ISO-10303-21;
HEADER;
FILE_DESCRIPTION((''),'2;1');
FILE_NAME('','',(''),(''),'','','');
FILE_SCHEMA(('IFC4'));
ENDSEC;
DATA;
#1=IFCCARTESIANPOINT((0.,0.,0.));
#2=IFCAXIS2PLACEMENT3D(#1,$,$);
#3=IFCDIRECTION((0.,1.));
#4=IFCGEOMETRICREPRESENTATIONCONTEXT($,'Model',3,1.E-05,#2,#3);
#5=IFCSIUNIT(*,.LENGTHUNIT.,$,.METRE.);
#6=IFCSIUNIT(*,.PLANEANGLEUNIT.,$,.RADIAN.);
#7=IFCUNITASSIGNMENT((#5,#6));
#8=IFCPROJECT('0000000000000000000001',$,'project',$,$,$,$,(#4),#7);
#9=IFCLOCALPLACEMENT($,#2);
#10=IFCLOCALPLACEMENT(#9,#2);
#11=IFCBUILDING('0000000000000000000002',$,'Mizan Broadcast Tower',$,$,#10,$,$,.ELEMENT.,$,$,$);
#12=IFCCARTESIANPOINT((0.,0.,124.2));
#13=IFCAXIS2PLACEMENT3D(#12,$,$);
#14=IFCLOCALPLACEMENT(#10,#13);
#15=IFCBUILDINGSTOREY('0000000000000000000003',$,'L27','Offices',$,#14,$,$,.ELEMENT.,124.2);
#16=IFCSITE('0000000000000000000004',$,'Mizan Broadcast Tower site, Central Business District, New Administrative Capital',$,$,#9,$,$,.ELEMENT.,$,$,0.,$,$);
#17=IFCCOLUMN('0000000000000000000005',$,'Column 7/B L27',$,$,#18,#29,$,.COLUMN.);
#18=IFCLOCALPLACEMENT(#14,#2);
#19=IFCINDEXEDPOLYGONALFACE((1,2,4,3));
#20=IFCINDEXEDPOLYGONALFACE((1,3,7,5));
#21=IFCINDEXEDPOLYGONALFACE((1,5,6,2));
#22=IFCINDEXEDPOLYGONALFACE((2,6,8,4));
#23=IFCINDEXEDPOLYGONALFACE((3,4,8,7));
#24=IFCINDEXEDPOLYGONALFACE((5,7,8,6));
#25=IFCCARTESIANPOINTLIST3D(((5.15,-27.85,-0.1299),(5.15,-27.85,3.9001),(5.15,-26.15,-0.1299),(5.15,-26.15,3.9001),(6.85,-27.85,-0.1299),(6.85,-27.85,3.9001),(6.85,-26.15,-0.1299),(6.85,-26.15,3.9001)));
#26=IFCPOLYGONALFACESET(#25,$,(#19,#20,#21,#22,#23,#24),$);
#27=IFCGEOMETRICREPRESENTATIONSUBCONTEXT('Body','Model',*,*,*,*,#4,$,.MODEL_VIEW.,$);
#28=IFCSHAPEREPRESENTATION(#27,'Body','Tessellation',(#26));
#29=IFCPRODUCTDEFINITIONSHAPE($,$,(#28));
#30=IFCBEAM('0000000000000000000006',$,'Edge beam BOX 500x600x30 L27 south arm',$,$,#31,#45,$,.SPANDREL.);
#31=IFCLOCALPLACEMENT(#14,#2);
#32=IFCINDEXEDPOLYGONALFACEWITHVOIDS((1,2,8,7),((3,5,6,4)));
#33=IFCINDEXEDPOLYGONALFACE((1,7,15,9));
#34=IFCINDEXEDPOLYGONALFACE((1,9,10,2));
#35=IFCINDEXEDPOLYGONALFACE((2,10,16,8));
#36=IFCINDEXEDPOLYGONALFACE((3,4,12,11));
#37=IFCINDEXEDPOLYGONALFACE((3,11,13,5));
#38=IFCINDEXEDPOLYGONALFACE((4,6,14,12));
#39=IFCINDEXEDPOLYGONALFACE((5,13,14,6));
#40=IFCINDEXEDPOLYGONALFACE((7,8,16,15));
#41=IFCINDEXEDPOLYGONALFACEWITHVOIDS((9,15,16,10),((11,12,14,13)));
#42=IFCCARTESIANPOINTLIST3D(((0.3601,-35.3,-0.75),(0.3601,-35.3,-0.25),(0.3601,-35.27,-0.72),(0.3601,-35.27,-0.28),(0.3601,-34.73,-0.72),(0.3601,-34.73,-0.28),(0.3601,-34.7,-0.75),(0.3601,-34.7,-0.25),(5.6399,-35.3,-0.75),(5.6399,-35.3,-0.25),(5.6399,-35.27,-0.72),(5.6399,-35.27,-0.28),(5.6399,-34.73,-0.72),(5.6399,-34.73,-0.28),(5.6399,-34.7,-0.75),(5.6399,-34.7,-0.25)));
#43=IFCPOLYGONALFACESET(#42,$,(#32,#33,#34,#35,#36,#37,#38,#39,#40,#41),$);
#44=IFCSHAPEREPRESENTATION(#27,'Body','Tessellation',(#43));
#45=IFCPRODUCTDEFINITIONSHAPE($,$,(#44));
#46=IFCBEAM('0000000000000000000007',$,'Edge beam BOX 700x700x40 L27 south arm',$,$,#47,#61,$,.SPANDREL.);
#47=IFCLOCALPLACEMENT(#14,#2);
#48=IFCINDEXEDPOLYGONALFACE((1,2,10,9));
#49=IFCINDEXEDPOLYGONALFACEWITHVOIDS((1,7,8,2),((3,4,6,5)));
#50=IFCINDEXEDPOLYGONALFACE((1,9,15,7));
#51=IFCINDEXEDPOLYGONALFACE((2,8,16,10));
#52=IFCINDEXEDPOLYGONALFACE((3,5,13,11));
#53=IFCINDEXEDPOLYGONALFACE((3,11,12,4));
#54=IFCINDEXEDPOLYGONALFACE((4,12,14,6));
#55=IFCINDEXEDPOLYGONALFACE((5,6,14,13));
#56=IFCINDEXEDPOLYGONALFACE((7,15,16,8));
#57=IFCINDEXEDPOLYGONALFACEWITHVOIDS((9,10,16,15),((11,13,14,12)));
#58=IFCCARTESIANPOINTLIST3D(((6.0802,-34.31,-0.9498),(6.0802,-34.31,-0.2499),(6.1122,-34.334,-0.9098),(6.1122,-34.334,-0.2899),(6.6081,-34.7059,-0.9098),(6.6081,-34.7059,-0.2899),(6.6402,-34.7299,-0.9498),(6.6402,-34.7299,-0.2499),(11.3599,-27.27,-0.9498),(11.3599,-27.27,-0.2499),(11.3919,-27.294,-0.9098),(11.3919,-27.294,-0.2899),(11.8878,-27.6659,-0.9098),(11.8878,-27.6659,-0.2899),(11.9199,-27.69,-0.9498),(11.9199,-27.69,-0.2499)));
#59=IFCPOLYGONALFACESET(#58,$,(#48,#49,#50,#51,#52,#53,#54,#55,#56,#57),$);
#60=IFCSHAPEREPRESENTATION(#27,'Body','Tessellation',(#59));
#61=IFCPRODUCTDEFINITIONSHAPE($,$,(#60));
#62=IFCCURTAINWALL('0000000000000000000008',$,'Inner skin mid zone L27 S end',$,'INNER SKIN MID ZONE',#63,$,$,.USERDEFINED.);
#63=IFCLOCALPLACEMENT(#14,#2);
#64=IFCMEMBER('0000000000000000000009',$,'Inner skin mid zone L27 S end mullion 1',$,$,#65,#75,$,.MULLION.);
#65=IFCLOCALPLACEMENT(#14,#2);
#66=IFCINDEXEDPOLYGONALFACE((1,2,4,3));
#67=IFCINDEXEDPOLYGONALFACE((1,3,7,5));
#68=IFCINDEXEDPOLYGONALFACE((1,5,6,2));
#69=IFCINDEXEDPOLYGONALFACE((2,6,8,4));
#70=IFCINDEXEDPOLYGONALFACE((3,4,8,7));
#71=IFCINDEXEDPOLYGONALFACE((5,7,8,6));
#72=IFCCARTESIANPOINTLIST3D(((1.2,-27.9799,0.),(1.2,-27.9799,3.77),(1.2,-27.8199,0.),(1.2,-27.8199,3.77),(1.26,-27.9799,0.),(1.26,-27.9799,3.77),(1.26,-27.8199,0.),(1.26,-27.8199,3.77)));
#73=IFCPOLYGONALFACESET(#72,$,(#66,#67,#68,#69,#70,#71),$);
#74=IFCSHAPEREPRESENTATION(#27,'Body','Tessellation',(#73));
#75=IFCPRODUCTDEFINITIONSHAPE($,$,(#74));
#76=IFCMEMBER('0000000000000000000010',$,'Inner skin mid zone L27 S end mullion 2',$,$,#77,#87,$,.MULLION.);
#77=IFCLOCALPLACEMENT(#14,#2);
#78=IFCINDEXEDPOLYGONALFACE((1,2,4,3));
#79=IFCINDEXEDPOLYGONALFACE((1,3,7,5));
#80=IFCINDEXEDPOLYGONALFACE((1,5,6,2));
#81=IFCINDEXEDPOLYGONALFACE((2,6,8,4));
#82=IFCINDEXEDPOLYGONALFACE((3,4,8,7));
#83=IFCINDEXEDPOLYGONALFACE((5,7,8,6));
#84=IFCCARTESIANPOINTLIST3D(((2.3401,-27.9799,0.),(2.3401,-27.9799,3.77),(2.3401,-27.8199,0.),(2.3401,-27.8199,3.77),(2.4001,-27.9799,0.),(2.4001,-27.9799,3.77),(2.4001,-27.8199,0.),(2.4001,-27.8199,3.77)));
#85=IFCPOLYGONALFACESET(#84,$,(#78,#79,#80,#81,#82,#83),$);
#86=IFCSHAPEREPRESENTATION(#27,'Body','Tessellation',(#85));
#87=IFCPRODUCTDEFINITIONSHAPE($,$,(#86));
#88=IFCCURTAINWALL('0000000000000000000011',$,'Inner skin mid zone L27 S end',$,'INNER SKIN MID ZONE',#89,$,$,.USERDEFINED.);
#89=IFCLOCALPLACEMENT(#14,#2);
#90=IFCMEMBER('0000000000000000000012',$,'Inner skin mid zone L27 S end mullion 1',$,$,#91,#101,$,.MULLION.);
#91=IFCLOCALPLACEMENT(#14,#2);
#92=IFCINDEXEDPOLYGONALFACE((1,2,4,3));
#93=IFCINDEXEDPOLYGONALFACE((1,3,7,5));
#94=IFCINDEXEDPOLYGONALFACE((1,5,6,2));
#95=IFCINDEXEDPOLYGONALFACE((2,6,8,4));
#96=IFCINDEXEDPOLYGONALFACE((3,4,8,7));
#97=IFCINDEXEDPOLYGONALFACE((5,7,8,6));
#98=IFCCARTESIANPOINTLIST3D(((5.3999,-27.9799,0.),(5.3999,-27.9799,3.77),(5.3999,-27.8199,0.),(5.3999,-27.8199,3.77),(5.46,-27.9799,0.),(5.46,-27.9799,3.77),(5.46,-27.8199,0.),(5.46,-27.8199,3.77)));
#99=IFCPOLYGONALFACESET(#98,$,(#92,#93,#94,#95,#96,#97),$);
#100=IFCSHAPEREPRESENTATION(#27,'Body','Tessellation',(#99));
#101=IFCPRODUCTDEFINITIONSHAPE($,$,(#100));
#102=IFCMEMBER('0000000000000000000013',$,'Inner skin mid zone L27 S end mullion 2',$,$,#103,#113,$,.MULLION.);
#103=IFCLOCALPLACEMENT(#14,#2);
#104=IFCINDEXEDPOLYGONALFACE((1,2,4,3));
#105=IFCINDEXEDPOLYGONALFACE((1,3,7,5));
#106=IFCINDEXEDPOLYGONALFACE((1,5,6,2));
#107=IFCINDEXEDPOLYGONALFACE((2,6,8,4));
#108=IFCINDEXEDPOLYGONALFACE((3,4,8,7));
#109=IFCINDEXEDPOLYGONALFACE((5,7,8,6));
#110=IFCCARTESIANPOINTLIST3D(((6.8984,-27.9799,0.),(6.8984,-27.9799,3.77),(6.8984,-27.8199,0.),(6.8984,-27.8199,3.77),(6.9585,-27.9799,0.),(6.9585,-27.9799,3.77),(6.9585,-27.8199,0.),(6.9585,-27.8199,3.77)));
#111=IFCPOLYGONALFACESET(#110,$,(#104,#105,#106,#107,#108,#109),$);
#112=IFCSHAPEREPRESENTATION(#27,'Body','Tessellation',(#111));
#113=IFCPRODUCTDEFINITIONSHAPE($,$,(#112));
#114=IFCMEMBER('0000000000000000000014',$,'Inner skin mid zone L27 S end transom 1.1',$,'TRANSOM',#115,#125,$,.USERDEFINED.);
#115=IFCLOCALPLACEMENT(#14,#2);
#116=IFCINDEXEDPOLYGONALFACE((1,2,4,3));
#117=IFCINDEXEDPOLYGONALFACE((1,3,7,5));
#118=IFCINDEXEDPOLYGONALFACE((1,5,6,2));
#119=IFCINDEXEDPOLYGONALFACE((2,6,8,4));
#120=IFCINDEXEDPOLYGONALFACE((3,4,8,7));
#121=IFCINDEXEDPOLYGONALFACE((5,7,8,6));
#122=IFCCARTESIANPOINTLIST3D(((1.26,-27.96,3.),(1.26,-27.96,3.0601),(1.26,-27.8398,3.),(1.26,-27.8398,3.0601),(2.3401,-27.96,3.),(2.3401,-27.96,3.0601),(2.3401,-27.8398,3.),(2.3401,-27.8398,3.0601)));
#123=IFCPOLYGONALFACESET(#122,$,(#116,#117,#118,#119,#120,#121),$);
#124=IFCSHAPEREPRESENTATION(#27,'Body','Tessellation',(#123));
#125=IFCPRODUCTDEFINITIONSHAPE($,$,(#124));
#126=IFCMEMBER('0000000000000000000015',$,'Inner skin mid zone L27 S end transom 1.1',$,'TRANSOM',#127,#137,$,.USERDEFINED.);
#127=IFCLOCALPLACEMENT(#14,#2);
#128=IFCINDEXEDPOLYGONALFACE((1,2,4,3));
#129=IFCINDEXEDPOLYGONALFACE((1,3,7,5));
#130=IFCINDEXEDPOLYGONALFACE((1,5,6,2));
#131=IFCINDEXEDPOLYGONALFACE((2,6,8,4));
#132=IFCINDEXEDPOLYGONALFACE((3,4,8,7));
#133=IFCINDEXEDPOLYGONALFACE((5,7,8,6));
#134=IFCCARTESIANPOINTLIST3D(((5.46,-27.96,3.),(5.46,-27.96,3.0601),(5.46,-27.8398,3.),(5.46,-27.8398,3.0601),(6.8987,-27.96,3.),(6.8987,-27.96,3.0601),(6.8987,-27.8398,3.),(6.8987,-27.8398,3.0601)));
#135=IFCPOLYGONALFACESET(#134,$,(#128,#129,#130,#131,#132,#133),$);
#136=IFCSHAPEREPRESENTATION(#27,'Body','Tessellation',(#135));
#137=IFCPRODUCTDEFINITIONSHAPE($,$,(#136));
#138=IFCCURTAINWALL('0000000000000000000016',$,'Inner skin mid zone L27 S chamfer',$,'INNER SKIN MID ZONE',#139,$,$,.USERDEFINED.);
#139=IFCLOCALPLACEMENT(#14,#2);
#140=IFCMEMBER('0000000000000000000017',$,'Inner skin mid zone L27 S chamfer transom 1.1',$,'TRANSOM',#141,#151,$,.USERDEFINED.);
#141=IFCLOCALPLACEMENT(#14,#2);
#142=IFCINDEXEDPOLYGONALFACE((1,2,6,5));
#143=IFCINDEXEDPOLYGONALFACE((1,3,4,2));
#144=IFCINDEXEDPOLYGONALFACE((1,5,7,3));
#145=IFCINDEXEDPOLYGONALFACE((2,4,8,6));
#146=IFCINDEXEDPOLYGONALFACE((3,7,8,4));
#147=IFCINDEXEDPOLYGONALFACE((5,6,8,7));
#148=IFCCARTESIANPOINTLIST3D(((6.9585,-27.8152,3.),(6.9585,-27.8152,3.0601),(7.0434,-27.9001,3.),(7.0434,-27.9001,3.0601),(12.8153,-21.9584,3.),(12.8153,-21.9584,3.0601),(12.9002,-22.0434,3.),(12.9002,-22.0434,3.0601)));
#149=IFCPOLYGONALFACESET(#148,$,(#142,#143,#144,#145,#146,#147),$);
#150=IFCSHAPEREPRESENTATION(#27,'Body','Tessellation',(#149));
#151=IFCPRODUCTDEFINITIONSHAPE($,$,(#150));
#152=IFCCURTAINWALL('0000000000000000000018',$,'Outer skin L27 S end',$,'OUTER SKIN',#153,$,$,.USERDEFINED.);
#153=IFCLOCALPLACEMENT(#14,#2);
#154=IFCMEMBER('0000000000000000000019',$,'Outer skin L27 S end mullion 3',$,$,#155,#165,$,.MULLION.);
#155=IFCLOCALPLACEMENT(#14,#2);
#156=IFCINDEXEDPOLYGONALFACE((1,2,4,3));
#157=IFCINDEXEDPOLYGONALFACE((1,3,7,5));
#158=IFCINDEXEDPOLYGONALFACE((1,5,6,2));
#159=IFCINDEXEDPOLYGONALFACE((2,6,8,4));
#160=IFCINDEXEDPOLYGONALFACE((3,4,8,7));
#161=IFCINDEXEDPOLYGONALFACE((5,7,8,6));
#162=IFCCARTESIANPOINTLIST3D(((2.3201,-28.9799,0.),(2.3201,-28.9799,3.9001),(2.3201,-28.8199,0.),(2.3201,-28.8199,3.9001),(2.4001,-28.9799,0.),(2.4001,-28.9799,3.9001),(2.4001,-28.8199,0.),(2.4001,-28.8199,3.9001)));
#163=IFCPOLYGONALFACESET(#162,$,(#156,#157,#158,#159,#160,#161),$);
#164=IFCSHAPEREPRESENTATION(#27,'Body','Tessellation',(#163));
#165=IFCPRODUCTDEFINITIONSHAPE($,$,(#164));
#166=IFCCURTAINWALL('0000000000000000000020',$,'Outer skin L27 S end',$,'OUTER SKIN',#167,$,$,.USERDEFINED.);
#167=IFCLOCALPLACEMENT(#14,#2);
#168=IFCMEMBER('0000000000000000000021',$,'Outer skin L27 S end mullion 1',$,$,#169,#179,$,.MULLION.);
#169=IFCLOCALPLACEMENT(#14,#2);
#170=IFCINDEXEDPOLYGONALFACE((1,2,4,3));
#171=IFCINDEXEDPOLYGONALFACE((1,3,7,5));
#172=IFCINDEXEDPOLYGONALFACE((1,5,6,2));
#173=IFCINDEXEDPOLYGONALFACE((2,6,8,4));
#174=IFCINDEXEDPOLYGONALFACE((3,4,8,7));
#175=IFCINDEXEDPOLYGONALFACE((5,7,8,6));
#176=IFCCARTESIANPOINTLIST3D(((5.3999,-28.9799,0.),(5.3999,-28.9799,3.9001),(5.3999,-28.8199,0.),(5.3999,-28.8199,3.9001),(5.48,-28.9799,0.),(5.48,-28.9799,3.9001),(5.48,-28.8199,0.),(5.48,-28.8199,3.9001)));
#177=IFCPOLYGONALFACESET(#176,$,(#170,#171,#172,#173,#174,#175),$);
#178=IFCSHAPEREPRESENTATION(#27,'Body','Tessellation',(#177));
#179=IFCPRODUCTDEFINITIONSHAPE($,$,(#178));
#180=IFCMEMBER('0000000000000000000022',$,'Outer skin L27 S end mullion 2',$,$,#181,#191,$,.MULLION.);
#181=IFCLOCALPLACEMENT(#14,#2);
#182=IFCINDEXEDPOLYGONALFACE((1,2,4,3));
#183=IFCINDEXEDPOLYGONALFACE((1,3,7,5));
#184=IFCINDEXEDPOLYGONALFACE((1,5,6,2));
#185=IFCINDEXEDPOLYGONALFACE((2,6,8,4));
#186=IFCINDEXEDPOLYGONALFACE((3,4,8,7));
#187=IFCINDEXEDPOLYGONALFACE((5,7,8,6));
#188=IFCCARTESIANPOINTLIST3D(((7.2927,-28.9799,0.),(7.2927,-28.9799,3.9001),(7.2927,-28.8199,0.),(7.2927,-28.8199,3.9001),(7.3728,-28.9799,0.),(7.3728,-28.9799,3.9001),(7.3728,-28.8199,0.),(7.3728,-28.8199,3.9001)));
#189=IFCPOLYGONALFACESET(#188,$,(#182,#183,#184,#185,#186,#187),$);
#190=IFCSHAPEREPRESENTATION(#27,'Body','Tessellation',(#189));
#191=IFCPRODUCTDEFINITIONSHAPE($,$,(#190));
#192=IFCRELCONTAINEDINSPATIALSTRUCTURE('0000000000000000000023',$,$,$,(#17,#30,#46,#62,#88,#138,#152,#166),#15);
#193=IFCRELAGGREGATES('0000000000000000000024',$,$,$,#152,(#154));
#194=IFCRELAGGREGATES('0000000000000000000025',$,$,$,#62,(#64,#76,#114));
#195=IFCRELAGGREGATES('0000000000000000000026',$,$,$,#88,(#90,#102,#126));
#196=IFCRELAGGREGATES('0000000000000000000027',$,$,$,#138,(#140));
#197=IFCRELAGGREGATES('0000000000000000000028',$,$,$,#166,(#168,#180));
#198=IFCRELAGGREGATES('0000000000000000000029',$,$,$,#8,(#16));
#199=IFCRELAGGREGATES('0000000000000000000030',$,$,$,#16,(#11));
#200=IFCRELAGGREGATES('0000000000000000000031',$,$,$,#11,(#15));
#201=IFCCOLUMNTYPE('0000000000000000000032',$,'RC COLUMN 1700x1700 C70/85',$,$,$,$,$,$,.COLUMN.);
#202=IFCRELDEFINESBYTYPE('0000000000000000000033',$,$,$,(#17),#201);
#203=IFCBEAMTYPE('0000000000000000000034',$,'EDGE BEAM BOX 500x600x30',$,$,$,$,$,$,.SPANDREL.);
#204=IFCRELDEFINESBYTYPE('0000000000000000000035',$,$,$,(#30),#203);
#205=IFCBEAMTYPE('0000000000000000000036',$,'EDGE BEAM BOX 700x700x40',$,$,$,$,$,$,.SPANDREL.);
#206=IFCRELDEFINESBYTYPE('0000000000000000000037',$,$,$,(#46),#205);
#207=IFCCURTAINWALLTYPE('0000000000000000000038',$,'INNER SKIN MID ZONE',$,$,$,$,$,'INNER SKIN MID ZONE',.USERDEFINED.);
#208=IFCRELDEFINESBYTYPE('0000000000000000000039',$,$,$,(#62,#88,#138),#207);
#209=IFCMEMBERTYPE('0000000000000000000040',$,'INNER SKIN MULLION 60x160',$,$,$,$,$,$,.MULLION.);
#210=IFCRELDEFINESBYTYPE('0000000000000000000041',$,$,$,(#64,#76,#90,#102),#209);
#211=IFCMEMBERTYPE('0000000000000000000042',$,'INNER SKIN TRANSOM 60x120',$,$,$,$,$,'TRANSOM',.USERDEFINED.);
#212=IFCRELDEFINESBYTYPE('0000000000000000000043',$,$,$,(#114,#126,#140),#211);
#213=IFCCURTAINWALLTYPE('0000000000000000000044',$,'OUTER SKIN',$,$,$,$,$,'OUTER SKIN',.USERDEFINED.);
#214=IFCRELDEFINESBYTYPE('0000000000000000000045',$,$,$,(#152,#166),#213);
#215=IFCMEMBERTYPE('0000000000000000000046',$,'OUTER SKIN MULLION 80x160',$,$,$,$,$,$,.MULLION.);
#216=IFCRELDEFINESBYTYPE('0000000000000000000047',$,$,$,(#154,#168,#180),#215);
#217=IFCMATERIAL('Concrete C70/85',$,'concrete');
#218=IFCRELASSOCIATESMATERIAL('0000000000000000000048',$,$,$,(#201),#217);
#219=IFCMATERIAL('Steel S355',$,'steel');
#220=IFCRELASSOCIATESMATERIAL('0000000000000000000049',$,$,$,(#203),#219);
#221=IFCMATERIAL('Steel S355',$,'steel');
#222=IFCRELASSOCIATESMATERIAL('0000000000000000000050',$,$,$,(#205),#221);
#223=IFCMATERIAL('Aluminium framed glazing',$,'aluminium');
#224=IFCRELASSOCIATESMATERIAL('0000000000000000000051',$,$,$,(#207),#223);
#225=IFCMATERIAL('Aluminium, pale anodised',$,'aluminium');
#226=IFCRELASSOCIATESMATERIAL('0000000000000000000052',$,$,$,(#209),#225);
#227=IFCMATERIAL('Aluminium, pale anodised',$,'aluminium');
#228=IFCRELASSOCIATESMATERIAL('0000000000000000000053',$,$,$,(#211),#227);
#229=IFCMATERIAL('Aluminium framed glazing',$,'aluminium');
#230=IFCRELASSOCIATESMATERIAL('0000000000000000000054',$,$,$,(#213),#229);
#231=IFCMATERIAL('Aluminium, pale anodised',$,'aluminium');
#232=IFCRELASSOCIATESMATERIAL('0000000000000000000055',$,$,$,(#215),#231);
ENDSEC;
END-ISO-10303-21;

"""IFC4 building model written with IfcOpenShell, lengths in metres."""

from ifc_helpers import new_model, si_unit, direction, frame, origin, origin_2d, place, context, subcontext, project, spatial, rectangle, hollow_rectangle, extrude, material, material_profile, profile_set, type_object, element, aggregate, save


model = new_model("IFC4")

# Units and contexts
model_context = context("Model", 3, precision=1e-05, world=origin(), true_north=direction((0.0, 1.0)))
body_context = subcontext(model_context, "Body", "Model", "MODEL_VIEW")
ifc_project = project(units=[si_unit("LENGTHUNIT", "METRE"), si_unit("PLANEANGLEUNIT", "RADIAN")], contexts=[model_context])

# Site, building, storey
site_placement = place(None, origin())
site = spatial("IfcSite", under=ifc_project, at=site_placement, Name="Mizan Broadcast Tower site, Central Business District, New Administrative Capital", CompositionType="ELEMENT", RefElevation=0.0)
building_placement = place(site_placement, origin())
building = spatial("IfcBuilding", under=site, at=building_placement, Name="Mizan Broadcast Tower", CompositionType="ELEMENT")
storey_placement = place(building_placement, frame((0.0, 0.0, 124.2)))
storey = spatial("IfcBuildingStorey", under=building, at=storey_placement, Name="L27", Description="Offices", CompositionType="ELEMENT", Elevation=124.2)

# Column
ifc_material_1 = material(Name="Concrete C70/85", Category="concrete")
ifc_material_profile_1 = material_profile(ifc_material_1, rectangle(XDim=1.7, YDim=1.7, at=origin_2d()), Name="RC 1700x1700")
ifc_profile_set_1 = profile_set([ifc_material_profile_1], Name="Concrete C70/85")
column_type = type_object("IfcColumnType", Name="RC COLUMN 1700x1700 C70/85", PredefinedType="COLUMN", material=ifc_profile_set_1)
column_placement = place(storey_placement, frame((6.0, -27.0, -0.1299), z_axis=(0.0, 0.0, 1.0), x_axis=(1.0, 0.0, 0.0)))
element("IfcColumn", 1, at=column_placement, inside=storey, type_object=column_type, Name="Column 7/B L27", PredefinedType="COLUMN", context=body_context, shape_type="SweptSolid", body=[
    extrude(rectangle(XDim=1.7, YDim=1.7, at=origin_2d()), origin(), (0.0, 0.0, 1.0), 4.03),
])

# Beams
ifc_material_2 = material(Name="Steel S355", Category="steel")
ifc_material_profile_2 = material_profile(ifc_material_2, hollow_rectangle(XDim=0.6001, YDim=0.5, WallThickness=0.03, at=origin_2d()), Name="BOX 500x600x30")
ifc_profile_set_2 = profile_set([ifc_material_profile_2], Name="Steel S355")
beam_type_1 = type_object("IfcBeamType", Name="EDGE BEAM BOX 500x600x30", PredefinedType="SPANDREL", material=ifc_profile_set_2)
beam_1_placement = place(storey_placement, frame((5.6399, -35.0, -0.5), z_axis=(-1.0, 0.0, 0.0), x_axis=(0.0, -1.0, 0.0)))
element("IfcBeam", 2, at=beam_1_placement, inside=storey, type_object=beam_type_1, Name="Edge beam BOX 500x600x30 L27 south arm", PredefinedType="SPANDREL", context=body_context, shape_type="SweptSolid", body=[
    extrude(hollow_rectangle(XDim=0.6001, YDim=0.5, WallThickness=0.03, at=origin_2d()), origin(), (0.0, 0.0, 1.0), 5.2798),
])
ifc_material_3 = material(Name="Steel S355", Category="steel")
ifc_material_profile_3 = material_profile(ifc_material_3, hollow_rectangle(XDim=0.7, YDim=0.7, WallThickness=0.04, at=origin_2d()), Name="BOX 700x700x40")
ifc_profile_set_3 = profile_set([ifc_material_profile_3], Name="Steel S355")
beam_type_2 = type_object("IfcBeamType", Name="EDGE BEAM BOX 700x700x40", PredefinedType="SPANDREL", material=ifc_profile_set_3)
beam_2_placement = place(storey_placement, frame((11.6399, -27.48, -0.5999), z_axis=(-0.599982, -0.800013, 0.0), x_axis=(0.800013, -0.599982, 0.0)))
element("IfcBeam", 3, at=beam_2_placement, inside=storey, type_object=beam_type_2, Name="Edge beam BOX 700x700x40 L27 south arm", PredefinedType="SPANDREL", context=body_context, shape_type="SweptSolid", body=[
    extrude(hollow_rectangle(XDim=0.7, YDim=0.7, WallThickness=0.04, at=origin_2d()), origin(), (0.0, 0.0, 1.0), 8.7998),
])

# Curtain walls, members
ifc_material_4 = material(Name="Aluminium framed glazing", Category="aluminium")
curtain_wall_type_1 = type_object("IfcCurtainWallType", Name="INNER SKIN MID ZONE", ElementType="INNER SKIN MID ZONE", PredefinedType="USERDEFINED", material=ifc_material_4)
curtain_wall_1_placement = place(storey_placement, origin())
curtain_wall_1 = element("IfcCurtainWall", 4, at=curtain_wall_1_placement, inside=storey, type_object=curtain_wall_type_1, Name="Inner skin mid zone L27 S end", ObjectType="INNER SKIN MID ZONE", PredefinedType="USERDEFINED")
ifc_material_5 = material(Name="Aluminium, pale anodised", Category="aluminium")
ifc_material_profile_4 = material_profile(ifc_material_5, rectangle(XDim=0.1599, YDim=0.0601, at=origin_2d()), Name="MULLION 160x60")
ifc_profile_set_4 = profile_set([ifc_material_profile_4], Name="Aluminium, pale anodised")
member_type_1 = type_object("IfcMemberType", Name="INNER SKIN MULLION 60x160", PredefinedType="MULLION", material=ifc_profile_set_4)
member_1_placement = place(storey_placement, frame((1.23, -27.8999, 0.0), z_axis=(0.0, 0.0, 1.0), x_axis=(0.0, 1.0, 0.0)))
member_1 = element("IfcMember", 5, at=member_1_placement, type_object=member_type_1, Name="Inner skin mid zone L27 S end mullion 1", PredefinedType="MULLION", context=body_context, shape_type="SweptSolid", body=[
    extrude(rectangle(XDim=0.1599, YDim=0.0601, at=origin_2d()), origin(), (0.0, 0.0, 1.0), 3.77),
])
member_2_placement = place(storey_placement, frame((2.3701, -27.8999, 0.0), z_axis=(0.0, 0.0, 1.0), x_axis=(0.0, 1.0, 0.0)))
member_2 = element("IfcMember", 6, at=member_2_placement, type_object=member_type_1, Name="Inner skin mid zone L27 S end mullion 2", PredefinedType="MULLION", context=body_context, shape_type="SweptSolid", body=[
    extrude(rectangle(XDim=0.1599, YDim=0.0601, at=origin_2d()), origin(), (0.0, 0.0, 1.0), 3.77),
])
curtain_wall_2_placement = place(storey_placement, origin())
curtain_wall_2 = element("IfcCurtainWall", 7, at=curtain_wall_2_placement, inside=storey, type_object=curtain_wall_type_1, Name="Inner skin mid zone L27 S end", ObjectType="INNER SKIN MID ZONE", PredefinedType="USERDEFINED")
member_3_placement = place(storey_placement, frame((5.4299, -27.8999, 0.0), z_axis=(0.0, 0.0, 1.0), x_axis=(0.0, 1.0, 0.0)))
member_3 = element("IfcMember", 8, at=member_3_placement, type_object=member_type_1, Name="Inner skin mid zone L27 S end mullion 1", PredefinedType="MULLION", context=body_context, shape_type="SweptSolid", body=[
    extrude(rectangle(XDim=0.1599, YDim=0.0601, at=origin_2d()), origin(), (0.0, 0.0, 1.0), 3.77),
])
member_4_placement = place(storey_placement, frame((6.9285, -27.8999, 0.0), z_axis=(0.0, 0.0, 1.0), x_axis=(0.0, 1.0, 0.0)))
member_4 = element("IfcMember", 9, at=member_4_placement, type_object=member_type_1, Name="Inner skin mid zone L27 S end mullion 2", PredefinedType="MULLION", context=body_context, shape_type="SweptSolid", body=[
    extrude(rectangle(XDim=0.1599, YDim=0.0601, at=origin_2d()), origin(), (0.0, 0.0, 1.0), 3.77),
])

# Members
ifc_material_6 = material(Name="Aluminium, pale anodised", Category="aluminium")
ifc_material_profile_5 = material_profile(ifc_material_6, rectangle(XDim=0.1201, YDim=0.0601, at=origin_2d()), Name="TRANSOM 120x60")
ifc_profile_set_5 = profile_set([ifc_material_profile_5], Name="Aluminium, pale anodised")
member_type_2 = type_object("IfcMemberType", Name="INNER SKIN TRANSOM 60x120", ElementType="TRANSOM", PredefinedType="USERDEFINED", material=ifc_profile_set_5)
member_5_placement = place(storey_placement, frame((1.26, -27.8999, 3.03), z_axis=(1.0, 0.0, 0.0), x_axis=(0.0, 1.0, 0.0)))
member_5 = element("IfcMember", 10, at=member_5_placement, type_object=member_type_2, Name="Inner skin mid zone L27 S end transom 1.1", ObjectType="TRANSOM", PredefinedType="USERDEFINED", context=body_context, shape_type="SweptSolid", body=[
    extrude(rectangle(XDim=0.1201, YDim=0.0601, at=origin_2d()), origin(), (0.0, 0.0, 1.0), 1.0801),
])
member_6_placement = place(storey_placement, frame((5.46, -27.8999, 3.03), z_axis=(1.0, 0.0, 0.0), x_axis=(0.0, 1.0, 0.0)))
member_6 = element("IfcMember", 11, at=member_6_placement, type_object=member_type_2, Name="Inner skin mid zone L27 S end transom 1.1", ObjectType="TRANSOM", PredefinedType="USERDEFINED", context=body_context, shape_type="SweptSolid", body=[
    extrude(rectangle(XDim=0.1201, YDim=0.0601, at=origin_2d()), origin(), (0.0, 0.0, 1.0), 1.4387),
])

# Curtain walls, members
curtain_wall_3_placement = place(storey_placement, origin())
curtain_wall_3 = element("IfcCurtainWall", 12, at=curtain_wall_3_placement, inside=storey, type_object=curtain_wall_type_1, Name="Inner skin mid zone L27 S chamfer", ObjectType="INNER SKIN MID ZONE", PredefinedType="USERDEFINED")
member_7_placement = place(storey_placement, frame((7.001, -27.8577, 3.03), z_axis=(0.707107, 0.707107, 0.0), x_axis=(-0.707107, 0.707107, 0.0)))
member_7 = element("IfcMember", 13, at=member_7_placement, type_object=member_type_2, Name="Inner skin mid zone L27 S chamfer transom 1.1", ObjectType="TRANSOM", PredefinedType="USERDEFINED", context=body_context, shape_type="SweptSolid", body=[
    extrude(rectangle(XDim=0.1201, YDim=0.0601, at=origin_2d()), origin(), (0.0, 0.0, 1.0), 8.2827),
])
ifc_material_7 = material(Name="Aluminium framed glazing", Category="aluminium")
curtain_wall_type_2 = type_object("IfcCurtainWallType", Name="OUTER SKIN", ElementType="OUTER SKIN", PredefinedType="USERDEFINED", material=ifc_material_7)
curtain_wall_4_placement = place(storey_placement, origin())
curtain_wall_4 = element("IfcCurtainWall", 14, at=curtain_wall_4_placement, inside=storey, type_object=curtain_wall_type_2, Name="Outer skin L27 S end", ObjectType="OUTER SKIN", PredefinedType="USERDEFINED")
ifc_material_8 = material(Name="Aluminium, pale anodised", Category="aluminium")
ifc_material_profile_6 = material_profile(ifc_material_8, rectangle(XDim=0.1599, YDim=0.0801, at=origin_2d()), Name="MULLION 160x80")
ifc_profile_set_6 = profile_set([ifc_material_profile_6], Name="Aluminium, pale anodised")
member_type_3 = type_object("IfcMemberType", Name="OUTER SKIN MULLION 80x160", PredefinedType="MULLION", material=ifc_profile_set_6)
member_8_placement = place(storey_placement, frame((2.3601, -28.8999, 0.0), z_axis=(0.0, 0.0, 1.0), x_axis=(0.0, 1.0, 0.0)))
member_8 = element("IfcMember", 15, at=member_8_placement, type_object=member_type_3, Name="Outer skin L27 S end mullion 3", PredefinedType="MULLION", context=body_context, shape_type="SweptSolid", body=[
    extrude(rectangle(XDim=0.1599, YDim=0.0801, at=origin_2d()), origin(), (0.0, 0.0, 1.0), 3.9001),
])
aggregate(curtain_wall_4, [member_8])

# Curtain wall, members
curtain_wall_5_placement = place(storey_placement, origin())
curtain_wall_5 = element("IfcCurtainWall", 16, at=curtain_wall_5_placement, inside=storey, type_object=curtain_wall_type_2, Name="Outer skin L27 S end", ObjectType="OUTER SKIN", PredefinedType="USERDEFINED")
member_9_placement = place(storey_placement, frame((5.4399, -28.8999, 0.0), z_axis=(0.0, 0.0, 1.0), x_axis=(0.0, 1.0, 0.0)))
member_9 = element("IfcMember", 17, at=member_9_placement, type_object=member_type_3, Name="Outer skin L27 S end mullion 1", PredefinedType="MULLION", context=body_context, shape_type="SweptSolid", body=[
    extrude(rectangle(XDim=0.1599, YDim=0.0801, at=origin_2d()), origin(), (0.0, 0.0, 1.0), 3.9001),
])
member_10_placement = place(storey_placement, frame((7.3328, -28.8999, 0.0), z_axis=(0.0, 0.0, 1.0), x_axis=(0.0, 1.0, 0.0)))
member_10 = element("IfcMember", 18, at=member_10_placement, type_object=member_type_3, Name="Outer skin L27 S end mullion 2", PredefinedType="MULLION", context=body_context, shape_type="SweptSolid", body=[
    extrude(rectangle(XDim=0.1599, YDim=0.0801, at=origin_2d()), origin(), (0.0, 0.0, 1.0), 3.9001),
])

aggregate(curtain_wall_1, [member_1, member_2, member_5])
aggregate(curtain_wall_2, [member_3, member_4, member_6])
aggregate(curtain_wall_3, [member_7])
aggregate(curtain_wall_5, [member_9, member_10])

save(model, "model.ifc")
